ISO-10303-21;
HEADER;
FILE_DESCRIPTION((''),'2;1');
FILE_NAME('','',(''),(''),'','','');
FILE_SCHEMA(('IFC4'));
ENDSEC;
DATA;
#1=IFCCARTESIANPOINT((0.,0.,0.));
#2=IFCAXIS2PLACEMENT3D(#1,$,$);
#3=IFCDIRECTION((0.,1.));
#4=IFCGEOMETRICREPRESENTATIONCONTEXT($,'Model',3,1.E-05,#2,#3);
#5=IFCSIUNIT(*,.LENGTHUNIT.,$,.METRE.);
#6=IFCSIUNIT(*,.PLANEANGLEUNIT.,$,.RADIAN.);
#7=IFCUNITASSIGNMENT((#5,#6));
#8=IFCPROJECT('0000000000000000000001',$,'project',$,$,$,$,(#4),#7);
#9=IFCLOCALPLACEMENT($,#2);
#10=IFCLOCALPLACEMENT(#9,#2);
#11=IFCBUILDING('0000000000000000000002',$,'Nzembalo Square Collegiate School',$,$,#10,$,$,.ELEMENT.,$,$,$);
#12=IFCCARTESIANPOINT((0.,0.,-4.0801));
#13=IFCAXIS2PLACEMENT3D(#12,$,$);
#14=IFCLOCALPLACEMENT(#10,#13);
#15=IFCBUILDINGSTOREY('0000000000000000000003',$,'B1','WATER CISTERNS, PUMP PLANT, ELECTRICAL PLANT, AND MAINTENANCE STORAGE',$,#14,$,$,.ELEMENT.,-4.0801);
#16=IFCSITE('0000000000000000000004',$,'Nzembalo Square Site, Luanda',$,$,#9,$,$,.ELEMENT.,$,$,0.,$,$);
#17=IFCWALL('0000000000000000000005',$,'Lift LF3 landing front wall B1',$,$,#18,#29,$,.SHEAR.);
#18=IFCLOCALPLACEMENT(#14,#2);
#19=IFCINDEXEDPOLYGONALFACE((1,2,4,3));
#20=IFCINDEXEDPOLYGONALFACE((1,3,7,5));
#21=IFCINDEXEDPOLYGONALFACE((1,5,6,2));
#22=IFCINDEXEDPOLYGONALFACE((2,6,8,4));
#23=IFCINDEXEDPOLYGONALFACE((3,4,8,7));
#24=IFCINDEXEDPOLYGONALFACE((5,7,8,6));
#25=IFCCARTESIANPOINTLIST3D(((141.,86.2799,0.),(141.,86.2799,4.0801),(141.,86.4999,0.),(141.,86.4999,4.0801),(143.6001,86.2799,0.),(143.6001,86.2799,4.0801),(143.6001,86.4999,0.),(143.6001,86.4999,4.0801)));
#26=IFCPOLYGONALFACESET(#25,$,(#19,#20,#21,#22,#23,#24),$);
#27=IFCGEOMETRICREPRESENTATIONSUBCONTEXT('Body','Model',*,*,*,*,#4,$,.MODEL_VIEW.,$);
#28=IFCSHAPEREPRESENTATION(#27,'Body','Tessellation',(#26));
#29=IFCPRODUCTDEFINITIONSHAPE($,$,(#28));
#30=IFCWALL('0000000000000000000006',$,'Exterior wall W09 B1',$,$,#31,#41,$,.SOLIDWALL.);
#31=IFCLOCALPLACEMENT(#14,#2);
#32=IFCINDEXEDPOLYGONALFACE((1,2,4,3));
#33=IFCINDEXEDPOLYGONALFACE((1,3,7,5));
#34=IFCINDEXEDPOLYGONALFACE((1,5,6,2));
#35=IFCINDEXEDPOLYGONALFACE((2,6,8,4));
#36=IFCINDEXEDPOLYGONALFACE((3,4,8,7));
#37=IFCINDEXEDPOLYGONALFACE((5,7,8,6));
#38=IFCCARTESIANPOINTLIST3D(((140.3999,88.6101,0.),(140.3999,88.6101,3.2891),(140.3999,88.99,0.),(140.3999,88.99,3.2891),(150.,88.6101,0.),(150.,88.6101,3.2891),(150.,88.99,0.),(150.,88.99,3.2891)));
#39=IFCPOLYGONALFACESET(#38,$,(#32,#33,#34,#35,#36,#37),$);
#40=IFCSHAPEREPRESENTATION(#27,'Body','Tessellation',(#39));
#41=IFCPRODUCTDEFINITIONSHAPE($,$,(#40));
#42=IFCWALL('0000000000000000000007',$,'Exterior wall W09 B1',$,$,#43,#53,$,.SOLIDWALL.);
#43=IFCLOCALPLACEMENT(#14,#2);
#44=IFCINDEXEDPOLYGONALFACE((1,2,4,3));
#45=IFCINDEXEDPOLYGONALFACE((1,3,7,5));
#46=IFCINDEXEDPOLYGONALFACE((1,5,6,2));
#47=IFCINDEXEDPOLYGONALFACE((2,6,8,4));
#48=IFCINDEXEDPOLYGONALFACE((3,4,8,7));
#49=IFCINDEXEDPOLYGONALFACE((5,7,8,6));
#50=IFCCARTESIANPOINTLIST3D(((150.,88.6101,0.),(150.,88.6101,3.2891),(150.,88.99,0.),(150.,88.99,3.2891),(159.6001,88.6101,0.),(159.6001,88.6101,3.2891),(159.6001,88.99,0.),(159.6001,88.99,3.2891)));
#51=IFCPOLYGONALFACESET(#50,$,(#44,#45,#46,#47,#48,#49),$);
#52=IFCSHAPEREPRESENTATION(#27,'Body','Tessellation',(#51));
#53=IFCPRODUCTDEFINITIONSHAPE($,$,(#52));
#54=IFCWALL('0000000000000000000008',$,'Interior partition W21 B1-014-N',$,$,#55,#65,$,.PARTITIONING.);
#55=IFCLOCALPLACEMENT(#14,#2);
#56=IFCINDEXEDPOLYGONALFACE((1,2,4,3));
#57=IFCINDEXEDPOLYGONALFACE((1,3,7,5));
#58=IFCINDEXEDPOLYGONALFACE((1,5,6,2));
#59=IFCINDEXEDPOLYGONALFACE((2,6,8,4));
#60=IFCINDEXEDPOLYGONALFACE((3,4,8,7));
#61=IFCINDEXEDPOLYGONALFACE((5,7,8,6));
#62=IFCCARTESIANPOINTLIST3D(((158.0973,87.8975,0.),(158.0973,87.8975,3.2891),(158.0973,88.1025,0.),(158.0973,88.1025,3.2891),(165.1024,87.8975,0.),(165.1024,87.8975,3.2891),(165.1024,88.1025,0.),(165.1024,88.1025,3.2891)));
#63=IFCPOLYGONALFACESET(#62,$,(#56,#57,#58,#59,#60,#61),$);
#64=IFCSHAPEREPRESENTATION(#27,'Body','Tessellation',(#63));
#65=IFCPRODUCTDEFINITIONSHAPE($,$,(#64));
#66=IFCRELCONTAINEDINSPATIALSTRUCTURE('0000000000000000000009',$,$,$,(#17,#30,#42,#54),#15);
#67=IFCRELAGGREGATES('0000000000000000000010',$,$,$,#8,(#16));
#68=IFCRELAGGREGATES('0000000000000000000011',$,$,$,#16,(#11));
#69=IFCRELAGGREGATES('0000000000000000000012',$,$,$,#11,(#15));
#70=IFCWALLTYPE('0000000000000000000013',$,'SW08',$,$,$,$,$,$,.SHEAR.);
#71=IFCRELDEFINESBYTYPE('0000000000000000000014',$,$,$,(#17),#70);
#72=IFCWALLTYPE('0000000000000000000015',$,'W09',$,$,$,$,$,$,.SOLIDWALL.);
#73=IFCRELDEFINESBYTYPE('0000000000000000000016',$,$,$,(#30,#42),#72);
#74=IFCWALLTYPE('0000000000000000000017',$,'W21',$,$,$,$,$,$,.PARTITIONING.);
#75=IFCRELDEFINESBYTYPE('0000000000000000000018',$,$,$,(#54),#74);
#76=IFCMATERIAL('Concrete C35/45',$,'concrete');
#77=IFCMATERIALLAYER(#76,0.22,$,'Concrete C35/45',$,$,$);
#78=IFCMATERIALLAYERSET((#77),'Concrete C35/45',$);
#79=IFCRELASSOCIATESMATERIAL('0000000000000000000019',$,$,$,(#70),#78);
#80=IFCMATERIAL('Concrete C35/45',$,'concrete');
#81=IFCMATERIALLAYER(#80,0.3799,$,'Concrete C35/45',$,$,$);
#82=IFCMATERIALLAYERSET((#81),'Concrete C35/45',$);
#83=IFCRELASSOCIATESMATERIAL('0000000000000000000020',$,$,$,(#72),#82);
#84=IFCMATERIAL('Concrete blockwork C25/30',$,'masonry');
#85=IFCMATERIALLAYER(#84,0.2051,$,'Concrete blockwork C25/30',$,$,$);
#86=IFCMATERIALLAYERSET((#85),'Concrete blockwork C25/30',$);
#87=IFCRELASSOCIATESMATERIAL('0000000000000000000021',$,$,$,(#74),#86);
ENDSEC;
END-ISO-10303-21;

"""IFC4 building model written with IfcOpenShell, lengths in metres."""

from ifc_helpers import new_model, si_unit, direction, frame, frame_2d, origin, place, context, subcontext, project, spatial, rectangle, extrude, material, layer, layer_set, type_object, element, save


model = new_model("IFC4")

# Units and contexts
model_context = context("Model", 3, precision=1e-05, world=origin(), true_north=direction((0.0, 1.0)))
body_context = subcontext(model_context, "Body", "Model", "MODEL_VIEW")
ifc_project = project(units=[si_unit("LENGTHUNIT", "METRE"), si_unit("PLANEANGLEUNIT", "RADIAN")], contexts=[model_context])

# Site, building, storey
site_placement = place(None, origin())
site = spatial("IfcSite", under=ifc_project, at=site_placement, Name="Nzembalo Square Site, Luanda", CompositionType="ELEMENT", RefElevation=0.0)
building_placement = place(site_placement, origin())
building = spatial("IfcBuilding", under=site, at=building_placement, Name="Nzembalo Square Collegiate School", CompositionType="ELEMENT")
storey_placement = place(building_placement, frame((0.0, 0.0, -4.0801)))
storey = spatial("IfcBuildingStorey", under=building, at=storey_placement, Name="B1", Description="WATER CISTERNS, PUMP PLANT, ELECTRICAL PLANT, AND MAINTENANCE STORAGE", CompositionType="ELEMENT", Elevation=-4.0801)

# Walls
ifc_material_1 = material(Name="Concrete C35/45", Category="concrete")
ifc_layer_1 = layer(ifc_material_1, 0.22, Name="Concrete C35/45")
ifc_layer_set_1 = layer_set([ifc_layer_1], Name="Concrete C35/45")
wall_type_1 = type_object("IfcWallType", Name="SW08", PredefinedType="SHEAR", material=ifc_layer_set_1)
wall_1_placement = place(storey_placement, frame((141.0, 86.3899, 0.0), z_axis=(0.0, 0.0, 1.0), x_axis=(1.0, 0.0, 0.0)))
element("IfcWall", 1, at=wall_1_placement, inside=storey, type_object=wall_type_1, Name="Lift LF3 landing front wall B1", PredefinedType="SHEAR", context=body_context, shape_type="SweptSolid", body=[
    extrude(rectangle(XDim=2.6001, YDim=0.22, at=frame_2d((1.3, 0.0))), origin(), (0.0, 0.0, 1.0), 4.0801),
])
ifc_material_2 = material(Name="Concrete C35/45", Category="concrete")
ifc_layer_2 = layer(ifc_material_2, 0.3799, Name="Concrete C35/45")
ifc_layer_set_2 = layer_set([ifc_layer_2], Name="Concrete C35/45")
wall_type_2 = type_object("IfcWallType", Name="W09", PredefinedType="SOLIDWALL", material=ifc_layer_set_2)
for number, where, z_axis, x_axis, name in (
    (2, (140.3999, 88.8, 0.0), (0.0, 0.0, 1.0), (1.0, 0.0, 0.0), "Exterior wall W09 B1"),
    (3, (150.0, 88.8, 0.0), (0.0, 0.0, 1.0), (1.0, 0.0, 0.0), "Exterior wall W09 B1"),
):
    element("IfcWall", number, at=place(storey_placement, frame(where, z_axis=z_axis, x_axis=x_axis)), inside=storey, type_object=wall_type_2, Name=name, PredefinedType="SOLIDWALL", context=body_context, shape_type="SweptSolid", body=[
        extrude(rectangle(XDim=9.6001, YDim=0.3799, at=frame_2d((4.8, 0.0))), origin(), (0.0, 0.0, 1.0), 3.2891),
    ])
ifc_material_3 = material(Name="Concrete blockwork C25/30", Category="masonry")
ifc_layer_3 = layer(ifc_material_3, 0.2051, Name="Concrete blockwork C25/30")
ifc_layer_set_3 = layer_set([ifc_layer_3], Name="Concrete blockwork C25/30")
wall_type_3 = type_object("IfcWallType", Name="W21", PredefinedType="PARTITIONING", material=ifc_layer_set_3)
wall_2_placement = place(storey_placement, frame((158.0974, 88.0, 0.0), z_axis=(0.0, 0.0, 1.0), x_axis=(1.0, 0.0, 0.0)))
element("IfcWall", 4, at=wall_2_placement, inside=storey, type_object=wall_type_3, Name="Interior partition W21 B1-014-N", PredefinedType="PARTITIONING", context=body_context, shape_type="SweptSolid", body=[
    extrude(rectangle(XDim=7.0051, YDim=0.2051, at=frame_2d((3.5024, 0.0))), origin(), (0.0, 0.0, 1.0), 3.2891),
])

save(model, "model.ifc")
